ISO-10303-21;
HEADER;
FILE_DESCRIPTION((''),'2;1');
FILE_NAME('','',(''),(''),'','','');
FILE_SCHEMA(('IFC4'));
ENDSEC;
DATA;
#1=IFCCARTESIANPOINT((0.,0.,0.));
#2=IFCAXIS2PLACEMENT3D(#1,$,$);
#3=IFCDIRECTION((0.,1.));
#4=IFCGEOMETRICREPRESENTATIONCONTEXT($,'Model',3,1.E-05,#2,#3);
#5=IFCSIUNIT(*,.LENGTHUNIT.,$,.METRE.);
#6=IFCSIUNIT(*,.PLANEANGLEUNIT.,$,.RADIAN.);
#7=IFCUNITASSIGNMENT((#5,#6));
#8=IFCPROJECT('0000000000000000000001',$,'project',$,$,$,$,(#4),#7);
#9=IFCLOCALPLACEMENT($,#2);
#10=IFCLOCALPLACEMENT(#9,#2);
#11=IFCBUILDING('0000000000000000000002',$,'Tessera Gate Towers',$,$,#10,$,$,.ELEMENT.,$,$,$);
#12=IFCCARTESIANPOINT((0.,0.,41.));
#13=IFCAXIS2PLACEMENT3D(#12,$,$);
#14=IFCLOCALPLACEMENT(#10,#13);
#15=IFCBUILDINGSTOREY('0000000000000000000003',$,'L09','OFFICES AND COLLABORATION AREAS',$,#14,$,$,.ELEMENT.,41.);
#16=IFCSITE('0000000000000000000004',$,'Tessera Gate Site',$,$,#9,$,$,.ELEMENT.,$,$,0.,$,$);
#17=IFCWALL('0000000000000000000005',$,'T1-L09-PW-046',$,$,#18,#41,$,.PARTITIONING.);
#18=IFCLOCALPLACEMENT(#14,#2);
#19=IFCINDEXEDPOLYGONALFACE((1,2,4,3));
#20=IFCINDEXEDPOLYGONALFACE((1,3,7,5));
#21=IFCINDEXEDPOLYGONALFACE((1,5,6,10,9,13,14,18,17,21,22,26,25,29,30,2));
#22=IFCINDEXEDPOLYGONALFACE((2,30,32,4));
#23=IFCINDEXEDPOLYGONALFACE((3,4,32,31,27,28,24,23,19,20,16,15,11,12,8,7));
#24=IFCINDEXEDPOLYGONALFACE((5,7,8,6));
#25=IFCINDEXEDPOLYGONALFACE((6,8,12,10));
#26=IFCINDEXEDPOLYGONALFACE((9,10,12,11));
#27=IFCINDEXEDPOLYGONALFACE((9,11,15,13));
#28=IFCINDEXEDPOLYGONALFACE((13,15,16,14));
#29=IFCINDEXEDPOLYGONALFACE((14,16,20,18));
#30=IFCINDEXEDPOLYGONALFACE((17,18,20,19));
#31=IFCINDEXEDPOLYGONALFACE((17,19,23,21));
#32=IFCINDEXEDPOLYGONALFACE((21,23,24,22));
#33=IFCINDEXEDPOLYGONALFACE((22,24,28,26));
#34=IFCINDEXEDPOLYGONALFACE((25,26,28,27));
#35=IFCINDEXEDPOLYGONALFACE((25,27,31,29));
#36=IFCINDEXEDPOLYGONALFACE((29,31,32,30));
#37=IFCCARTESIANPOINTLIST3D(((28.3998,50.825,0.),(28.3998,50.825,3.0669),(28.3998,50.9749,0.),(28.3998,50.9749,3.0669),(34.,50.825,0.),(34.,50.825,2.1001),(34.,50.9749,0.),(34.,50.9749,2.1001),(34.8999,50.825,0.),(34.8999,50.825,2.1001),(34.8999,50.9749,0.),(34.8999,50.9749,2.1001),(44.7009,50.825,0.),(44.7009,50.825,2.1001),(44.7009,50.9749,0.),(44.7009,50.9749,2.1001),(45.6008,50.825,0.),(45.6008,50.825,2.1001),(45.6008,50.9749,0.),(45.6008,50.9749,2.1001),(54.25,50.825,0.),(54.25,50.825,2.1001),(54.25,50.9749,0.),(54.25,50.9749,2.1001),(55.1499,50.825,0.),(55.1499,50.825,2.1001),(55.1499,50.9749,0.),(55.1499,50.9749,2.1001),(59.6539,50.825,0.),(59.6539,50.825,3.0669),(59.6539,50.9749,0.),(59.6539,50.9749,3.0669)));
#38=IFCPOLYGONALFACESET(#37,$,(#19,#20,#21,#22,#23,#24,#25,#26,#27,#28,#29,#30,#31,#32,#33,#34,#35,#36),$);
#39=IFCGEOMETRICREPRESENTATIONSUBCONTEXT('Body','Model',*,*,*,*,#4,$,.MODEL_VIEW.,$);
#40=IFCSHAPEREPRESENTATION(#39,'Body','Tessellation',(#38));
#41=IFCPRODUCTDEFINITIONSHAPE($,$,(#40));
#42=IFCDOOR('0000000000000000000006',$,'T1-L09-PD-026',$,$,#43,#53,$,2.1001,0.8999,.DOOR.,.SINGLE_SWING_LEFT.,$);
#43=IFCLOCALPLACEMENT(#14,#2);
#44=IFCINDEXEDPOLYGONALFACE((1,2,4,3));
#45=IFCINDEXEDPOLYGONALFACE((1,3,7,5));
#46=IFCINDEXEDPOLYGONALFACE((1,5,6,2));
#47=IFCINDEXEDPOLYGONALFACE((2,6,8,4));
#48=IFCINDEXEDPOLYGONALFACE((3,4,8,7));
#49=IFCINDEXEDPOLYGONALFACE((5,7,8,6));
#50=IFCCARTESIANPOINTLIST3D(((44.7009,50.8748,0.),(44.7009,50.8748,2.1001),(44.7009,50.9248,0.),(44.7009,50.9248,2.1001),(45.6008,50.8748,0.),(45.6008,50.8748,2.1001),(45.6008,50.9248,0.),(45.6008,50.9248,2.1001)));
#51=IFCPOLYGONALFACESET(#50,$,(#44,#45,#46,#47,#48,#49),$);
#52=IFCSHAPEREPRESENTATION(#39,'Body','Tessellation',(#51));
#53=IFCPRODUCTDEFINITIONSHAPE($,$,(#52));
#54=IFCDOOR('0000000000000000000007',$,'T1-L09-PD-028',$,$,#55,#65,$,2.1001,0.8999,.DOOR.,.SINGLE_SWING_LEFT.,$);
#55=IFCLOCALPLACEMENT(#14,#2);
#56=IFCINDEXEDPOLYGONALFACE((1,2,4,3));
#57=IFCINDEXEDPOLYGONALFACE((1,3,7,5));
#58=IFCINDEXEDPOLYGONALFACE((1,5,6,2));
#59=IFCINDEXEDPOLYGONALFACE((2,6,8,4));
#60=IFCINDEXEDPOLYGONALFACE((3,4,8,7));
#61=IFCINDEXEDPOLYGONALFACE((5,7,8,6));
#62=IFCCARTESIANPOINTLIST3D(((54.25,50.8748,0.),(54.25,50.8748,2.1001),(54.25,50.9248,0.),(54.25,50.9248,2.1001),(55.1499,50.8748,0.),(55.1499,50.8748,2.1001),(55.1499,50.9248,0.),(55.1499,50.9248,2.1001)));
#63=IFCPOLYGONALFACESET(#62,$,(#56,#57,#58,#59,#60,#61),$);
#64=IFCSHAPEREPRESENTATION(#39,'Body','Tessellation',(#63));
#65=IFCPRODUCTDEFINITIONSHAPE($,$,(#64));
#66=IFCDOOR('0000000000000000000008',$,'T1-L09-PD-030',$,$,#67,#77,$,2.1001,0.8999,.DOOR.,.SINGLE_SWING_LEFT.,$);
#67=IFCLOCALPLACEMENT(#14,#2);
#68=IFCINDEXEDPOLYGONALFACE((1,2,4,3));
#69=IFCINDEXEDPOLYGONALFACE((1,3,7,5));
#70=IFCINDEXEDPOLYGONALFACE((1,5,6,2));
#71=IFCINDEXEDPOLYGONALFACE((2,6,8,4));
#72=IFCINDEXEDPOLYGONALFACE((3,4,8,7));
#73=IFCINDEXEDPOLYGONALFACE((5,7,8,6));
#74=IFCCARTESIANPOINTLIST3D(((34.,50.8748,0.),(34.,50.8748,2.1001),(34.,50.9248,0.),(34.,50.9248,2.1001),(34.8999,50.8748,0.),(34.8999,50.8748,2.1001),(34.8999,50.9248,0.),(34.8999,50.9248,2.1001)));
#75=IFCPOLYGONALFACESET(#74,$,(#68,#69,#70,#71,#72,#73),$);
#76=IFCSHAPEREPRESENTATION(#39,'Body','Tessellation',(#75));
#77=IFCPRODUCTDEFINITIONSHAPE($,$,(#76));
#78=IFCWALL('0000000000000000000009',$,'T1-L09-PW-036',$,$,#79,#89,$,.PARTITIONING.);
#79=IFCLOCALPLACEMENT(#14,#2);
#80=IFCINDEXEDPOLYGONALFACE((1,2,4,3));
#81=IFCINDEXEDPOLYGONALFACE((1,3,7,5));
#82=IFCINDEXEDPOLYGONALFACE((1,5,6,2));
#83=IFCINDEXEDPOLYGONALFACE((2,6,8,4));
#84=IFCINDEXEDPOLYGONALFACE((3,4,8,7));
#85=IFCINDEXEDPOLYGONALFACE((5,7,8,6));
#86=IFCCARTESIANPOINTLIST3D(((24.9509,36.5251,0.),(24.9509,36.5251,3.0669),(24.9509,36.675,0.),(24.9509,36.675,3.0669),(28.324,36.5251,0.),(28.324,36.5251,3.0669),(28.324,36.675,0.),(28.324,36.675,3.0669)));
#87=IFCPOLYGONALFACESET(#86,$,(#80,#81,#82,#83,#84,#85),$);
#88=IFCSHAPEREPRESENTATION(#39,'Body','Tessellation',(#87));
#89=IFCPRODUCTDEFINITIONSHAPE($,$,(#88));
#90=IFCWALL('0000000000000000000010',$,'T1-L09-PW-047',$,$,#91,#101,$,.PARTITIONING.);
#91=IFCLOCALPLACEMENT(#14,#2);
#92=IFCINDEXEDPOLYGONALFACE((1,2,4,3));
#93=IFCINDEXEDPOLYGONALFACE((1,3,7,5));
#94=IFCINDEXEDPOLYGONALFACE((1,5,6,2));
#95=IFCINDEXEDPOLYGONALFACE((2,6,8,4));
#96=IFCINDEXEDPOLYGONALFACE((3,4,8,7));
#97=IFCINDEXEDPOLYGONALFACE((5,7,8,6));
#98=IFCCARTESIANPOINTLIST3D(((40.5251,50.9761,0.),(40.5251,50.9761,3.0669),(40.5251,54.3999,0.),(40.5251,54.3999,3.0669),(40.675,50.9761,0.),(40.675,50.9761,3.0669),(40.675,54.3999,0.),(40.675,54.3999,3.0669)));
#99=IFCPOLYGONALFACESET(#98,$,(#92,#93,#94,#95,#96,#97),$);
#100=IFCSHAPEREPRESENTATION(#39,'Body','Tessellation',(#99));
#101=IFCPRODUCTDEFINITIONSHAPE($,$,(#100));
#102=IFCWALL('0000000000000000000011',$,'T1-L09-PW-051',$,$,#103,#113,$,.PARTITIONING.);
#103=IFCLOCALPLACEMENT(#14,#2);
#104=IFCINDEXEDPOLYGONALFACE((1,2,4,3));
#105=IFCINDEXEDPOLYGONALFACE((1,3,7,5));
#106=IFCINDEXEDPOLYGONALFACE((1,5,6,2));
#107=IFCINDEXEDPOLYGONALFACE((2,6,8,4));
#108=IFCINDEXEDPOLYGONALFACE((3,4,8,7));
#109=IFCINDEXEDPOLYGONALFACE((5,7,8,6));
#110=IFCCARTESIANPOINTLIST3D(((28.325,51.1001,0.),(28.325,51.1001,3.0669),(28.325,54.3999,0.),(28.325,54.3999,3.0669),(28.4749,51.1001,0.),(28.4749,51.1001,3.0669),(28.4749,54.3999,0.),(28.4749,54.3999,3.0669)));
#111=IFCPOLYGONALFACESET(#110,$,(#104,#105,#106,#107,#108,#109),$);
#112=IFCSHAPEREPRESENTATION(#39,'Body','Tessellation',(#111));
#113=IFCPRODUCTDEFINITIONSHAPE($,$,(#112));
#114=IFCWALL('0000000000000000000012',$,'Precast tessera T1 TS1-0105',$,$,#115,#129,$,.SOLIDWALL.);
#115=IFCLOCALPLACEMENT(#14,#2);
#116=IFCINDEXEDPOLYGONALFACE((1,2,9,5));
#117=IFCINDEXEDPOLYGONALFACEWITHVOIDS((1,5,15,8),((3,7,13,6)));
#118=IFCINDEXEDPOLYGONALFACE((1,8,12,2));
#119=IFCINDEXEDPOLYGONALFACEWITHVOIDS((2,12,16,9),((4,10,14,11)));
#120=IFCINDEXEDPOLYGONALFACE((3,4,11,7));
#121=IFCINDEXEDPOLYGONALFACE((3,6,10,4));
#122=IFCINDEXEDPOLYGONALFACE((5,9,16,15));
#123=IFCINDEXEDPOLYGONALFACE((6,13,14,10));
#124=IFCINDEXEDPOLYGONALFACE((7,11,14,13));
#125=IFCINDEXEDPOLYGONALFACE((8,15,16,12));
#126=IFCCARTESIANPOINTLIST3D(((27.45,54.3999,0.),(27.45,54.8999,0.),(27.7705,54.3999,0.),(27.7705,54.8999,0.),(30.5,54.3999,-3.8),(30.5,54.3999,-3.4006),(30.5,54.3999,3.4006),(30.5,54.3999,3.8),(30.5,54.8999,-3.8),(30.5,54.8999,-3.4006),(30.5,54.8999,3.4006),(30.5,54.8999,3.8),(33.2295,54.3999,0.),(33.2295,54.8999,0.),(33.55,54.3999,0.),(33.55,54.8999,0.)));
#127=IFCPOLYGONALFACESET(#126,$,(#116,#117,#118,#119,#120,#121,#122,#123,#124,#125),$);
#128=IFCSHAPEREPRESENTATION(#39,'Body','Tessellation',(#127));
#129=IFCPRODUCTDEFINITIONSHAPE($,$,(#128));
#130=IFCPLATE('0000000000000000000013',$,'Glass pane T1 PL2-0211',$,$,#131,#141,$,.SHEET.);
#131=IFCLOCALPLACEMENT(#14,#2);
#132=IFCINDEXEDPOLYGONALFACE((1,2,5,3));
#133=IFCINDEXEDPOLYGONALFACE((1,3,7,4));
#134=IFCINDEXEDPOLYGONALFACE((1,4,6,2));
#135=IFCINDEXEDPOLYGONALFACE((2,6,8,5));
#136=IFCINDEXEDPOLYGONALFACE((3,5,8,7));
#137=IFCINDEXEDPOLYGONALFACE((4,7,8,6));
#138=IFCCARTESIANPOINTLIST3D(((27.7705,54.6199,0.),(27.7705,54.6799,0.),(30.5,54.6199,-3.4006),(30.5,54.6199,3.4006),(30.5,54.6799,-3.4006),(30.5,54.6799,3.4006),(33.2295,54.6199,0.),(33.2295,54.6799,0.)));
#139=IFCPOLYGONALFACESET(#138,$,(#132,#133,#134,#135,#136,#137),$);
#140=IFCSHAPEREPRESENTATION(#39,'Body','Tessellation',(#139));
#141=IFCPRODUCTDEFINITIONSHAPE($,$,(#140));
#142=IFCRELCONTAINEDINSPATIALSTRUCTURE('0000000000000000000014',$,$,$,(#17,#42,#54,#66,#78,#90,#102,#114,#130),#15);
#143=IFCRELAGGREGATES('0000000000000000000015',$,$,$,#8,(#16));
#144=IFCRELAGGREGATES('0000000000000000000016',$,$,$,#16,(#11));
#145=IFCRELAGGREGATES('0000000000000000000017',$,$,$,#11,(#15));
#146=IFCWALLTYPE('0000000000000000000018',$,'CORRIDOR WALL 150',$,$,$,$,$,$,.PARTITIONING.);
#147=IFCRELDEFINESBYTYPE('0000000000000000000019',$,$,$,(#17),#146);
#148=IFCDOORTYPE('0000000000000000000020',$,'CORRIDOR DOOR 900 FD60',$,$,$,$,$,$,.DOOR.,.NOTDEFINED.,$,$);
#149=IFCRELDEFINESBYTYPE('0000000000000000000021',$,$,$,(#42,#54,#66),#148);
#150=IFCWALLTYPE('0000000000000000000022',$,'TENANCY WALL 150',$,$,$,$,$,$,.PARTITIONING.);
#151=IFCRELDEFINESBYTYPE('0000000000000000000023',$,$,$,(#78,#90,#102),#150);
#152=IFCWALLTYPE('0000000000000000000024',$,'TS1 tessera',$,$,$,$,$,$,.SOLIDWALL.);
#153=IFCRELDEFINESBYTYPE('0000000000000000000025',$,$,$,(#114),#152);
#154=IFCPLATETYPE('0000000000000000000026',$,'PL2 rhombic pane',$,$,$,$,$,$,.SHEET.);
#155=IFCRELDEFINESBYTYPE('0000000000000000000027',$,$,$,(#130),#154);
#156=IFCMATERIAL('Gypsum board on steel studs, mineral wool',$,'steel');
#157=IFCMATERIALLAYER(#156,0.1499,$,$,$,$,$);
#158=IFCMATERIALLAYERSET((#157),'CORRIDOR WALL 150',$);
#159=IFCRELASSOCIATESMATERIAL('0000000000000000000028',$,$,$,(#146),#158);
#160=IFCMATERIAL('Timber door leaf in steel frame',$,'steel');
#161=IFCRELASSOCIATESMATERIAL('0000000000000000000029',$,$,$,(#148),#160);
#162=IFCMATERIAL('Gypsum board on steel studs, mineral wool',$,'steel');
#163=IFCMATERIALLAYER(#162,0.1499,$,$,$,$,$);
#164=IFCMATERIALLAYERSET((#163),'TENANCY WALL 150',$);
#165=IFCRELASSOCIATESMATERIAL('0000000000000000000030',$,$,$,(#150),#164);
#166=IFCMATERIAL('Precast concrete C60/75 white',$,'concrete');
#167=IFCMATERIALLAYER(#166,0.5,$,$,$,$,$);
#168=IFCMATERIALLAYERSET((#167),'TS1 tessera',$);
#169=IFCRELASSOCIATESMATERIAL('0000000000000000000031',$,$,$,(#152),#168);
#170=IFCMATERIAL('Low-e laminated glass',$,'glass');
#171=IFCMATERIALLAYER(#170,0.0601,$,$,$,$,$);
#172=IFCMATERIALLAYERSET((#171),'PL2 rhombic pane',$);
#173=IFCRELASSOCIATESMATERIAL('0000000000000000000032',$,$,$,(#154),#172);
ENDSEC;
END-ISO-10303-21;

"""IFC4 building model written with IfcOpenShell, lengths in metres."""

from ifc_helpers import new_model, si_unit, direction, frame, frame_2d, origin, place, context, subcontext, project, spatial, polyline, rectangle, outline, extrude, source, transform, mapped, material, layer, layer_set, type_object, element, fill, save


model = new_model("IFC4")

# Units and contexts
model_context = context("Model", 3, precision=1e-05, world=origin(), true_north=direction((0.0, 1.0)))
body_context = subcontext(model_context, "Body", "Model", "MODEL_VIEW")
ifc_project = project(units=[si_unit("LENGTHUNIT", "METRE"), si_unit("PLANEANGLEUNIT", "RADIAN")], contexts=[model_context])

# Site, building, storey
site_placement = place(None, origin())
site = spatial("IfcSite", under=ifc_project, at=site_placement, Name="Tessera Gate Site", CompositionType="ELEMENT", RefElevation=0.0)
building_placement = place(site_placement, origin())
building = spatial("IfcBuilding", under=site, at=building_placement, Name="Tessera Gate Towers", CompositionType="ELEMENT")
storey_placement = place(building_placement, frame((0.0, 0.0, 41.0)))
storey = spatial("IfcBuildingStorey", under=building, at=storey_placement, Name="L09", Description="OFFICES AND COLLABORATION AREAS", CompositionType="ELEMENT", Elevation=41.0)

# Shared definitions
shared_shape_1 = source(origin(), body_context, "Body", "SweptSolid", [
    extrude(rectangle(XDim=0.8999, YDim=2.1001, at=frame_2d((0.45, 1.05))), frame((0.0, 0.0249, 0.0), z_axis=(0.0, -1.0, 0.0), x_axis=(1.0, 0.0, 0.0)), (0.0, 0.0, 1.0), 0.05),
])

# Shared definitions
ifc_material_1 = material(Name="Gypsum board on steel studs, mineral wool", Category="steel")
ifc_layer_1 = layer(ifc_material_1, 0.1499)
ifc_layer_set_1 = layer_set([ifc_layer_1], Name="CORRIDOR WALL 150")
wall_type_1 = type_object("IfcWallType", Name="CORRIDOR WALL 150", PredefinedType="PARTITIONING", material=ifc_layer_set_1)
shared_shape_2 = source(origin(), body_context, "Body", "SweptSolid", [
    extrude(rectangle(XDim=0.8999, YDim=2.1001, at=frame_2d((0.45, 1.05))), frame((0.0, 0.085, 0.0), z_axis=(0.0, -1.0, 0.0), x_axis=(1.0, 0.0, 0.0)), (0.0, 0.0, 1.0), 0.1699),
])
ifc_material_2 = material(Name="Timber door leaf in steel frame", Category="steel")
door_type_1 = type_object("IfcDoorType", Name="CORRIDOR DOOR 900 FD60", OperationType="NOTDEFINED", PredefinedType="DOOR", material=ifc_material_2)

# Wall, openings, doors
wall_1_placement = place(storey_placement, frame((28.3999, 50.8999, 0.0), z_axis=(0.0, 0.0, 1.0), x_axis=(1.0, 0.0, 0.0)))
wall_1 = element("IfcWall", 1, at=wall_1_placement, inside=storey, type_object=wall_type_1, Name="T1-L09-PW-046", PredefinedType="PARTITIONING", context=body_context, shape_type="SweptSolid", body=[
    extrude(rectangle(XDim=31.2542, YDim=0.1499, at=frame_2d((15.627, 0.0))), origin(), (0.0, 0.0, 1.0), 3.0669),
])
opening_1_placement = place(wall_1_placement, frame((16.301, 0.0, 0.0)))
opening_1 = element("IfcOpeningElement", 2, at=opening_1_placement, cuts=wall_1, PredefinedType="OPENING", context=body_context, shape_type="MappedRepresentation", body=[
    mapped(shared_shape_2, transform((0.0, 0.0, 0.0), scale=1.0)),
])
opening_2_placement = place(wall_1_placement, frame((25.8501, 0.0, 0.0)))
opening_2 = element("IfcOpeningElement", 3, at=opening_2_placement, cuts=wall_1, PredefinedType="OPENING", context=body_context, shape_type="MappedRepresentation", body=[
    mapped(shared_shape_2, transform((0.0, 0.0, 0.0), scale=1.0)),
])
opening_3_placement = place(wall_1_placement, frame((5.6001, 0.0, 0.0)))
opening_3 = element("IfcOpeningElement", 4, at=opening_3_placement, cuts=wall_1, PredefinedType="OPENING", context=body_context, shape_type="MappedRepresentation", body=[
    mapped(shared_shape_2, transform((0.0, 0.0, 0.0), scale=1.0)),
])
door_1_placement = place(opening_1_placement, origin())
door_1 = element("IfcDoor", 5, at=door_1_placement, inside=storey, type_object=door_type_1, Name="T1-L09-PD-026", OperationType="SINGLE_SWING_LEFT", OverallHeight=2.1001, OverallWidth=0.8999, PredefinedType="DOOR", context=body_context, shape_type="MappedRepresentation", body=[
    mapped(shared_shape_1, transform((0.0, 0.0, 0.0), scale=1.0)),
])
fill(opening_1, door_1)
door_2_placement = place(opening_2_placement, origin())
door_2 = element("IfcDoor", 6, at=door_2_placement, inside=storey, type_object=door_type_1, Name="T1-L09-PD-028", OperationType="SINGLE_SWING_LEFT", OverallHeight=2.1001, OverallWidth=0.8999, PredefinedType="DOOR", context=body_context, shape_type="MappedRepresentation", body=[
    mapped(shared_shape_1, transform((0.0, 0.0, 0.0), scale=1.0)),
])
fill(opening_2, door_2)
door_3_placement = place(opening_3_placement, origin())
door_3 = element("IfcDoor", 7, at=door_3_placement, inside=storey, type_object=door_type_1, Name="T1-L09-PD-030", OperationType="SINGLE_SWING_LEFT", OverallHeight=2.1001, OverallWidth=0.8999, PredefinedType="DOOR", context=body_context, shape_type="MappedRepresentation", body=[
    mapped(shared_shape_1, transform((0.0, 0.0, 0.0), scale=1.0)),
])
fill(opening_3, door_3)

# Walls
ifc_material_3 = material(Name="Gypsum board on steel studs, mineral wool", Category="steel")
ifc_layer_2 = layer(ifc_material_3, 0.1499)
ifc_layer_set_2 = layer_set([ifc_layer_2], Name="TENANCY WALL 150")
wall_type_2 = type_object("IfcWallType", Name="TENANCY WALL 150", PredefinedType="PARTITIONING", material=ifc_layer_set_2)
wall_2_placement = place(storey_placement, frame((24.9509, 36.6001, 0.0), z_axis=(0.0, 0.0, 1.0), x_axis=(1.0, 0.0, 0.0)))
element("IfcWall", 8, at=wall_2_placement, inside=storey, type_object=wall_type_2, Name="T1-L09-PW-036", PredefinedType="PARTITIONING", context=body_context, shape_type="SweptSolid", body=[
    extrude(rectangle(XDim=3.373, YDim=0.1499, at=frame_2d((1.6865, 0.0))), origin(), (0.0, 0.0, 1.0), 3.0669),
])
wall_3_placement = place(storey_placement, frame((40.6001, 50.9761, 0.0), z_axis=(0.0, 0.0, 1.0), x_axis=(0.0, 1.0, 0.0)))
element("IfcWall", 9, at=wall_3_placement, inside=storey, type_object=wall_type_2, Name="T1-L09-PW-047", PredefinedType="PARTITIONING", context=body_context, shape_type="SweptSolid", body=[
    extrude(rectangle(XDim=3.4238, YDim=0.1499, at=frame_2d((1.7119, 0.0))), origin(), (0.0, 0.0, 1.0), 3.0669),
])
wall_4_placement = place(storey_placement, frame((28.3999, 51.1001, 0.0), z_axis=(0.0, 0.0, 1.0), x_axis=(0.0, 1.0, 0.0)))
element("IfcWall", 10, at=wall_4_placement, inside=storey, type_object=wall_type_2, Name="T1-L09-PW-051", PredefinedType="PARTITIONING", context=body_context, shape_type="SweptSolid", body=[
    extrude(rectangle(XDim=3.2998, YDim=0.1499, at=frame_2d((1.6499, 0.0))), origin(), (0.0, 0.0, 1.0), 3.0669),
])

# Wall, opening, plate
ifc_material_4 = material(Name="Precast concrete C60/75 white", Category="concrete")
ifc_layer_3 = layer(ifc_material_4, 0.5)
ifc_layer_set_3 = layer_set([ifc_layer_3], Name="TS1 tessera")
wall_type_3 = type_object("IfcWallType", Name="TS1 tessera", PredefinedType="SOLIDWALL", material=ifc_layer_set_3)
shared_shape_3 = source(origin(), body_context, "Body", "SweptSolid", [
    extrude(outline(polyline([(3.05, 0.0), (6.1001, 3.8), (3.05, 7.6001), (0.0, 3.8), (3.05, 0.0)])), frame((0.0, 0.25, 0.0), z_axis=(0.0, -1.0, 0.0), x_axis=(1.0, 0.0, 0.0)), (0.0, 0.0, 1.0), 0.5),
])
wall_5_placement = place(storey_placement, frame((33.55, 54.6499, -3.8), z_axis=(0.0, 0.0, 1.0), x_axis=(-1.0, 0.0, 0.0)))
wall_5 = element("IfcWall", 11, at=wall_5_placement, inside=storey, type_object=wall_type_3, Name="Precast tessera T1 TS1-0105", PredefinedType="SOLIDWALL", context=body_context, shape_type="MappedRepresentation", body=[
    mapped(shared_shape_3, transform((0.0, 0.0, 0.0), scale=1.0)),
])
shared_shape_4 = source(origin(), body_context, "Body", "SweptSolid", [
    extrude(outline(polyline([(3.05, 0.3994), (5.7795, 3.8), (3.05, 7.2007), (0.3206, 3.8), (3.05, 0.3994)])), frame((0.0, 0.26, 0.0), z_axis=(0.0, -1.0, 0.0), x_axis=(1.0, 0.0, 0.0)), (0.0, 0.0, 1.0), 0.52),
])
opening_4_placement = place(wall_5_placement, origin())
opening_4 = element("IfcOpeningElement", 12, at=opening_4_placement, cuts=wall_5, PredefinedType="OPENING", context=body_context, shape_type="MappedRepresentation", body=[
    mapped(shared_shape_4, transform((0.0, 0.0, 0.0), scale=1.0)),
])
ifc_material_5 = material(Name="Low-e laminated glass", Category="glass")
ifc_layer_4 = layer(ifc_material_5, 0.0601)
ifc_layer_set_4 = layer_set([ifc_layer_4], Name="PL2 rhombic pane")
plate_type = type_object("IfcPlateType", Name="PL2 rhombic pane", PredefinedType="SHEET", material=ifc_layer_set_4)
shared_shape_5 = source(origin(), body_context, "Body", "SweptSolid", [
    extrude(outline(polyline([(3.05, 0.3994), (5.7795, 3.8), (3.05, 7.2007), (0.3206, 3.8), (3.05, 0.3994)])), frame((0.0, 0.03, 0.0), z_axis=(0.0, -1.0, 0.0), x_axis=(1.0, 0.0, 0.0)), (0.0, 0.0, 1.0), 0.0601),
])
plate_placement = place(opening_4_placement, origin())
plate = element("IfcPlate", 13, at=plate_placement, inside=storey, type_object=plate_type, Name="Glass pane T1 PL2-0211", PredefinedType="SHEET", context=body_context, shape_type="MappedRepresentation", body=[
    mapped(shared_shape_5, transform((0.0, 0.0, 0.0), scale=1.0)),
])
fill(opening_4, plate)

save(model, "model.ifc")
